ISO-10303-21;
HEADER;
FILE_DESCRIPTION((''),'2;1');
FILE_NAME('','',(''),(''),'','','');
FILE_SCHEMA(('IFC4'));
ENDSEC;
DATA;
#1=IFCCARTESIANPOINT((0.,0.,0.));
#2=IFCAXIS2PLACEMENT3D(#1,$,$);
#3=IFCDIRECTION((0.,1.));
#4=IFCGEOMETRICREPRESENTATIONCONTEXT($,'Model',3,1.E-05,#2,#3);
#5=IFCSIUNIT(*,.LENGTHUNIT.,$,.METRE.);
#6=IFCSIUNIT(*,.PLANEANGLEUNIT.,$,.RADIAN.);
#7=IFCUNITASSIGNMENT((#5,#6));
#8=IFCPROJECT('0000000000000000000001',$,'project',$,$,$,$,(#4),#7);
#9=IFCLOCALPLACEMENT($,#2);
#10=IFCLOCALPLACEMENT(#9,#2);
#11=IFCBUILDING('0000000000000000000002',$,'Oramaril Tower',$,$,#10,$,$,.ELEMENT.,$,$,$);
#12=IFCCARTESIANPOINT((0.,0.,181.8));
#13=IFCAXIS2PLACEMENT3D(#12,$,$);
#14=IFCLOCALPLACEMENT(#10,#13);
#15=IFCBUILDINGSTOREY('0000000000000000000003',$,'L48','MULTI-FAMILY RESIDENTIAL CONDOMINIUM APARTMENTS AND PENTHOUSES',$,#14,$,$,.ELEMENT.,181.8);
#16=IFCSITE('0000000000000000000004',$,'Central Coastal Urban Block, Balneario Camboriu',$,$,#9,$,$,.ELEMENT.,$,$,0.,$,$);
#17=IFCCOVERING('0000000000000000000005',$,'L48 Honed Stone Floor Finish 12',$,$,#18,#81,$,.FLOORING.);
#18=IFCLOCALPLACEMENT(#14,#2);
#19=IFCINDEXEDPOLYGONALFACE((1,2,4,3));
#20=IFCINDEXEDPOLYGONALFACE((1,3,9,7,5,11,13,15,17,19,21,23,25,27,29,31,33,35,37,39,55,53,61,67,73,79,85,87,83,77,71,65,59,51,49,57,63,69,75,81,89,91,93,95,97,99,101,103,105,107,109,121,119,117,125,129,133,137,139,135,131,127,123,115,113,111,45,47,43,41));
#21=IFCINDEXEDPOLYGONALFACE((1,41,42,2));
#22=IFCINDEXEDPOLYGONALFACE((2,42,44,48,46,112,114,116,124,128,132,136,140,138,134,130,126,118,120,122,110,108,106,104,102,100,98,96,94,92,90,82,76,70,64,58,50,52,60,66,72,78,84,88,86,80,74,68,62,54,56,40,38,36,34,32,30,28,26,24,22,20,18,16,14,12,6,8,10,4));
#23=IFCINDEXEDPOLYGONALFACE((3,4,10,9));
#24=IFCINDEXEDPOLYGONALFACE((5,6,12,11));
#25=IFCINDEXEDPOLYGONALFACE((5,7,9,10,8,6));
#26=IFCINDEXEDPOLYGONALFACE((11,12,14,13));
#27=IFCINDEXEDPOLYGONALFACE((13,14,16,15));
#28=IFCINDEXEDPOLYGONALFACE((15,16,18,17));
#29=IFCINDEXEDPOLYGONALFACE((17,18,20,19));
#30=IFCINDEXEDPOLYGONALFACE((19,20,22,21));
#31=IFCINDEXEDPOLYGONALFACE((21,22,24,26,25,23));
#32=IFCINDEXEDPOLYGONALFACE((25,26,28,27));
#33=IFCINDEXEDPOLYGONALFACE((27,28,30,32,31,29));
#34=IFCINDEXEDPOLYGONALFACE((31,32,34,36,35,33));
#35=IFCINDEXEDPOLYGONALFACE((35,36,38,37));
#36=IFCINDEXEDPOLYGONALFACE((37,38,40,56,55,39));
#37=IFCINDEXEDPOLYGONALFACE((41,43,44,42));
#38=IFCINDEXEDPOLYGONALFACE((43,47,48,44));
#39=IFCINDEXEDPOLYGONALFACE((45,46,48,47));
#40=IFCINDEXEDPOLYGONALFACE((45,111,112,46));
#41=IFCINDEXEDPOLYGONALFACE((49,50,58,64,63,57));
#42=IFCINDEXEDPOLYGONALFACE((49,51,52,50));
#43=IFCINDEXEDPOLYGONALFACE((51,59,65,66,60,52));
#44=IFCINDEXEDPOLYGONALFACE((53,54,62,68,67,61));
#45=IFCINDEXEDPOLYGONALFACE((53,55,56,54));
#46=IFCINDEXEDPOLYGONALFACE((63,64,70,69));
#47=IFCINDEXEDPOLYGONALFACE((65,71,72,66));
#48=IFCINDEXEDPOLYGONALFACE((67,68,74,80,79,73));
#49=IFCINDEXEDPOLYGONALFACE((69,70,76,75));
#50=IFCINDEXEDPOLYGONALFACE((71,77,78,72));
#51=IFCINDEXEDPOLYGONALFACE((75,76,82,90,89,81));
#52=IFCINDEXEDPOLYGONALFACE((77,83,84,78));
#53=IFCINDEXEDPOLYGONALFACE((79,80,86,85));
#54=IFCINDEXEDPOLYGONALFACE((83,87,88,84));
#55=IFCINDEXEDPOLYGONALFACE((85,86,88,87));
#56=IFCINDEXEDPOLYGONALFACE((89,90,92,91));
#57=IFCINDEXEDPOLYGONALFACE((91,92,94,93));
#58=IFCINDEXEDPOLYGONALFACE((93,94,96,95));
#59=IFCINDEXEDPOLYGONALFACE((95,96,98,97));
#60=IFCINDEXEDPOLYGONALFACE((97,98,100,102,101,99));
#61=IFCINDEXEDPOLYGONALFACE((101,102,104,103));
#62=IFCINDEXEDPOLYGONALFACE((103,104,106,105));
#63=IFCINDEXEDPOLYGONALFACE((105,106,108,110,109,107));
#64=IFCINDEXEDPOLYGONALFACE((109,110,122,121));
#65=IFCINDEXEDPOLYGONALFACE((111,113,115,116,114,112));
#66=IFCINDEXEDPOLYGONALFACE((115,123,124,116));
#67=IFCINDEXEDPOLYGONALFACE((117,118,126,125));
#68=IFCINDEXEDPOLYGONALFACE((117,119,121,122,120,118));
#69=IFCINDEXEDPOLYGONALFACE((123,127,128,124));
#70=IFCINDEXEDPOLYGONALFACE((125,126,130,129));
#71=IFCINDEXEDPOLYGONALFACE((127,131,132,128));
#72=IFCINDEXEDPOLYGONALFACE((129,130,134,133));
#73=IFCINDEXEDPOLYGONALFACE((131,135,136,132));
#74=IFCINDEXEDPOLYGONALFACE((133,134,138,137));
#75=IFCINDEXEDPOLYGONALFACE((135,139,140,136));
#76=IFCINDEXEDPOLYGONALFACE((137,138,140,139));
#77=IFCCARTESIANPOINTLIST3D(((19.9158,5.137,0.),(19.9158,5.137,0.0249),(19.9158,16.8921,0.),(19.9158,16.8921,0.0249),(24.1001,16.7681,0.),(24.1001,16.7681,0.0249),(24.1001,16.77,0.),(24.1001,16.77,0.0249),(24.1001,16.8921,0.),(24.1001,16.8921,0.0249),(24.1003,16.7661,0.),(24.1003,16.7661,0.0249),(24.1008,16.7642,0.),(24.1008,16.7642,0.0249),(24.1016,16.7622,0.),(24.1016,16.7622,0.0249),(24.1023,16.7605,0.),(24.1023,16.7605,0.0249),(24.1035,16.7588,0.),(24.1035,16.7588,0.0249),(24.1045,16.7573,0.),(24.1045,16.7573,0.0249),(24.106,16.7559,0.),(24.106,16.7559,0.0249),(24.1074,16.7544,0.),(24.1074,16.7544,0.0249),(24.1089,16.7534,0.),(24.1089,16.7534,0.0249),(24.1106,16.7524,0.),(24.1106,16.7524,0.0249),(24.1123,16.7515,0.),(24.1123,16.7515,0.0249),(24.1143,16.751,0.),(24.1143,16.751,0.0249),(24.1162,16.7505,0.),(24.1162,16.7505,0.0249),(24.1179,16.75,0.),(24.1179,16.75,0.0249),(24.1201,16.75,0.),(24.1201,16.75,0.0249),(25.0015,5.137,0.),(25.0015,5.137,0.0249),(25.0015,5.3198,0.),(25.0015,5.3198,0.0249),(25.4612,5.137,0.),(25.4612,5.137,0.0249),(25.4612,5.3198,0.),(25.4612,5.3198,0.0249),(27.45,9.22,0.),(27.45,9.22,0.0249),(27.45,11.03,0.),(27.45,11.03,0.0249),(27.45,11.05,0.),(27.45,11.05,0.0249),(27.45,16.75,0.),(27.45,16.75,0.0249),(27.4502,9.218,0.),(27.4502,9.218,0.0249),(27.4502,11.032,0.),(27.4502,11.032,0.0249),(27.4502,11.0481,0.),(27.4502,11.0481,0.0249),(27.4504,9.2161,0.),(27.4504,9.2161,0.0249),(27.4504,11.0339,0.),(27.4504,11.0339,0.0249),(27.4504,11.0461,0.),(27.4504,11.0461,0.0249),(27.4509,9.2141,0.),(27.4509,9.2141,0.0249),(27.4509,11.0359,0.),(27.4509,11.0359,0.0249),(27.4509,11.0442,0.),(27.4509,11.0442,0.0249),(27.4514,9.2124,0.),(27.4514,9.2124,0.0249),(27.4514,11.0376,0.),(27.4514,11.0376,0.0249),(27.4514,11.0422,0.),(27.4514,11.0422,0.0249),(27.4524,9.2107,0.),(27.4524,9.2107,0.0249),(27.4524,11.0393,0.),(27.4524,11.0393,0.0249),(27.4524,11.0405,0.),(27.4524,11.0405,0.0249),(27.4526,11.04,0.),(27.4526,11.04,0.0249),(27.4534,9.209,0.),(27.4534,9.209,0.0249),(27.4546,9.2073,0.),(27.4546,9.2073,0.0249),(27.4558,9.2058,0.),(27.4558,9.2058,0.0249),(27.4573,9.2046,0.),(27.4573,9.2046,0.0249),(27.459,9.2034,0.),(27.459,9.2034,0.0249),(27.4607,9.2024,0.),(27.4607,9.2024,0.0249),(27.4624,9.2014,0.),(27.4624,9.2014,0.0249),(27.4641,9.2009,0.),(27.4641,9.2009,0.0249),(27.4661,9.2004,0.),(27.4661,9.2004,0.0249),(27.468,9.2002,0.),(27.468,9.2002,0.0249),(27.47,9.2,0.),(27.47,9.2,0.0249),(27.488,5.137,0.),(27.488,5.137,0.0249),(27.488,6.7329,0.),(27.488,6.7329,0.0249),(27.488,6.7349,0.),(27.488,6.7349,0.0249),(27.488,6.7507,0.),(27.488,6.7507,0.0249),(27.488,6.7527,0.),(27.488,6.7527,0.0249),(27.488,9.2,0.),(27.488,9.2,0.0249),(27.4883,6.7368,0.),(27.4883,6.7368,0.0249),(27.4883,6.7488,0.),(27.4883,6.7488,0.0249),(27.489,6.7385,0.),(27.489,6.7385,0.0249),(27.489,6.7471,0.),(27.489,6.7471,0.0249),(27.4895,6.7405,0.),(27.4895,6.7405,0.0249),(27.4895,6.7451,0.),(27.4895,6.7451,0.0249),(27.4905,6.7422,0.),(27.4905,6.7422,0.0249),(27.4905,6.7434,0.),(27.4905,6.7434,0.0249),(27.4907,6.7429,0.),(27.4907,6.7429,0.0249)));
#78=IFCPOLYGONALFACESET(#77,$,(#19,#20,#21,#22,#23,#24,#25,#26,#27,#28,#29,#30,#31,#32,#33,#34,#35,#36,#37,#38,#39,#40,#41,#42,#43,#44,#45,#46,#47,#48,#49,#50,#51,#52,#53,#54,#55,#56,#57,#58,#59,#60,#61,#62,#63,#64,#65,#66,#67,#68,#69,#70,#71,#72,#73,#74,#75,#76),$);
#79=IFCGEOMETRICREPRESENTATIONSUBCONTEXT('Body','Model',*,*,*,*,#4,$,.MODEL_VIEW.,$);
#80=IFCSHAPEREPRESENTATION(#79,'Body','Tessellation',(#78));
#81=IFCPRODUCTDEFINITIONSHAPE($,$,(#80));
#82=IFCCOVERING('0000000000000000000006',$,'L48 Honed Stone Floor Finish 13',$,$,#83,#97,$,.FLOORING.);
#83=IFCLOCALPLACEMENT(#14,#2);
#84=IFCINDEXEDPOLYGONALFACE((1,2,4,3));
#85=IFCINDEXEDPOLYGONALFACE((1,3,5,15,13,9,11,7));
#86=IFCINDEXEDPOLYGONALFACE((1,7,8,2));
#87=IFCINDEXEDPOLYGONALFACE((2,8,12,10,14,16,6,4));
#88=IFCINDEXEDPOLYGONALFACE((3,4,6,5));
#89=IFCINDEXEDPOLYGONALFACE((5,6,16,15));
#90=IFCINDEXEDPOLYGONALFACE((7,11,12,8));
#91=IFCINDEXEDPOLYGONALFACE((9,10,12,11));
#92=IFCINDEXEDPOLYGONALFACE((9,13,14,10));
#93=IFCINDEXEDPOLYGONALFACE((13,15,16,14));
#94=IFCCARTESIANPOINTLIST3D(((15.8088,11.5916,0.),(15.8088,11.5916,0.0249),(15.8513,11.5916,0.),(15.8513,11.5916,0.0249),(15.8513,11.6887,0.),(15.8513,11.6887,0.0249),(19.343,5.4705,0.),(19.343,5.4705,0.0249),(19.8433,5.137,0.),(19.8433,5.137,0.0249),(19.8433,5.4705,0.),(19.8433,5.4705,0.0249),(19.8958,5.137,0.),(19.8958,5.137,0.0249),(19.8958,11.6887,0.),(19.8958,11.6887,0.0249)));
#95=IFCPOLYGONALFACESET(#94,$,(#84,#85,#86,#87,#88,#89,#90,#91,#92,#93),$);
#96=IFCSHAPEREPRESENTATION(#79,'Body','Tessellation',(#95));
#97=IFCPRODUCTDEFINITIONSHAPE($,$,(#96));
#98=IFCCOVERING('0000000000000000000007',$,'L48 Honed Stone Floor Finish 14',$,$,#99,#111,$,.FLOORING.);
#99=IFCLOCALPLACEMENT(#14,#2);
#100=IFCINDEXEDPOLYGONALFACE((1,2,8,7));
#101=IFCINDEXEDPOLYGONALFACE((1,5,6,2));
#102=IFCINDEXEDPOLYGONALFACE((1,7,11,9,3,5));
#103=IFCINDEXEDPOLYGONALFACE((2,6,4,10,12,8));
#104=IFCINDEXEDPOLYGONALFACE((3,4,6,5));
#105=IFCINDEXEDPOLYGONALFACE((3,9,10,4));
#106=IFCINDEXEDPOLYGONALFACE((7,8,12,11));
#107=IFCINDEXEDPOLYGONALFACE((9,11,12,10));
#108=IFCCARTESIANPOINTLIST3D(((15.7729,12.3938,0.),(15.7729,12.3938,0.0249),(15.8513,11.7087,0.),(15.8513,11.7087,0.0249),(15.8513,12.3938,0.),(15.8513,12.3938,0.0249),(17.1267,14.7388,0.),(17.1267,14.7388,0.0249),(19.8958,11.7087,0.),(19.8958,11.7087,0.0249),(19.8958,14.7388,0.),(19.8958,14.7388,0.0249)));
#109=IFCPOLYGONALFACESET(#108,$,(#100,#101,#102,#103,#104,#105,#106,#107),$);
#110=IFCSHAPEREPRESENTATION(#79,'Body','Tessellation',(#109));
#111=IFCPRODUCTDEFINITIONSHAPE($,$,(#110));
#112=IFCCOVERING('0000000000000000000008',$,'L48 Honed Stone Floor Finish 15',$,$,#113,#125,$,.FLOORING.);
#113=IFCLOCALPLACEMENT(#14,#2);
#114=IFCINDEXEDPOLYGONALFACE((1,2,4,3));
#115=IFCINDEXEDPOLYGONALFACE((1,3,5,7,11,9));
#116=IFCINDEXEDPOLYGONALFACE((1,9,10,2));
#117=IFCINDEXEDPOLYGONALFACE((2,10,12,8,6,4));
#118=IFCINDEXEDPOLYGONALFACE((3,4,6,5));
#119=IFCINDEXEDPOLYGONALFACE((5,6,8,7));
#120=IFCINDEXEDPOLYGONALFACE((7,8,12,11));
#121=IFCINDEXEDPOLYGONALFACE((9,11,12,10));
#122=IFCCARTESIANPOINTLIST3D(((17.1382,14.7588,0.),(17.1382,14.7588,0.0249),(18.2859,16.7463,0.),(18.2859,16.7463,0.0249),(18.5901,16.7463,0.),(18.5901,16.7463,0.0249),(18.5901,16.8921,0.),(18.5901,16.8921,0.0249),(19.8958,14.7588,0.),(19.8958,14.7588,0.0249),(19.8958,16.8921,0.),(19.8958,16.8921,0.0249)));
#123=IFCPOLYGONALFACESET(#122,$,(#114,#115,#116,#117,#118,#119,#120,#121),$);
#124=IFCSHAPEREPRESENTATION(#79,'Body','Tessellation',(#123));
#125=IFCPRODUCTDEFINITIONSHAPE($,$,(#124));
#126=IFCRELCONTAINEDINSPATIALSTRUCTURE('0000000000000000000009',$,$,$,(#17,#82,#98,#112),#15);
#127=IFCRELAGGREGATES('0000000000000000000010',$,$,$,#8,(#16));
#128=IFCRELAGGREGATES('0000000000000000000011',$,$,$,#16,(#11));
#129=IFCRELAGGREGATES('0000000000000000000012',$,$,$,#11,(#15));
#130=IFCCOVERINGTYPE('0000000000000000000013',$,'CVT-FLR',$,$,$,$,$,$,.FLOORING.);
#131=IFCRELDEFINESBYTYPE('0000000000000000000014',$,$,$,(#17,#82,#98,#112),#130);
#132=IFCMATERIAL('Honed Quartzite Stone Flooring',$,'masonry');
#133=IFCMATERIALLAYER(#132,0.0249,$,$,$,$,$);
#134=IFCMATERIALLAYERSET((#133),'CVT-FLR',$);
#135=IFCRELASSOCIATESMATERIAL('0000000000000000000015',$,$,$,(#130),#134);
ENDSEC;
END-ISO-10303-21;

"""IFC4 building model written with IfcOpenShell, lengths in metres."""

from ifc_helpers import new_model, si_unit, direction, frame, origin, place, context, subcontext, project, spatial, polyline, outline, extrude, material, layer, layer_set, type_object, element, save


model = new_model("IFC4")

# Units and contexts
model_context = context("Model", 3, precision=1e-05, world=origin(), true_north=direction((0.0, 1.0)))
body_context = subcontext(model_context, "Body", "Model", "MODEL_VIEW")
ifc_project = project(units=[si_unit("LENGTHUNIT", "METRE"), si_unit("PLANEANGLEUNIT", "RADIAN")], contexts=[model_context])

# Site, building, storey
site_placement = place(None, origin())
site = spatial("IfcSite", under=ifc_project, at=site_placement, Name="Central Coastal Urban Block, Balneario Camboriu", CompositionType="ELEMENT", RefElevation=0.0)
building_placement = place(site_placement, origin())
building = spatial("IfcBuilding", under=site, at=building_placement, Name="Oramaril Tower", CompositionType="ELEMENT")
storey_placement = place(building_placement, frame((0.0, 0.0, 181.8)))
storey = spatial("IfcBuildingStorey", under=building, at=storey_placement, Name="L48", Description="MULTI-FAMILY RESIDENTIAL CONDOMINIUM APARTMENTS AND PENTHOUSES", CompositionType="ELEMENT", Elevation=181.8)

# Coverings
ifc_material_1 = material(Name="Honed Quartzite Stone Flooring", Category="masonry")
ifc_layer_1 = layer(ifc_material_1, 0.0249)
ifc_layer_set_1 = layer_set([ifc_layer_1], Name="CVT-FLR")
covering_type_1 = type_object("IfcCoveringType", Name="CVT-FLR", PredefinedType="FLOORING", material=ifc_layer_set_1)
covering_1_placement = place(storey_placement, origin())
element("IfcCovering", 1, at=covering_1_placement, inside=storey, type_object=covering_type_1, Name="L48 Honed Stone Floor Finish 12", PredefinedType="FLOORING", context=body_context, shape_type="SweptSolid", body=[
    extrude(outline(polyline([(25.4612, 5.3198), (25.0015, 5.3198), (25.0015, 5.137), (19.9158, 5.137), (19.9158, 16.8921), (24.1001, 16.8921), (24.1001, 16.77), (24.1001, 16.7681), (24.1003, 16.7661), (24.1008, 16.7642), (24.1016, 16.7622), (24.1023, 16.7605), (24.1035, 16.7588), (24.1045, 16.7573), (24.106, 16.7559), (24.1074, 16.7544), (24.1089, 16.7534), (24.1106, 16.7524), (24.1123, 16.7515), (24.1143, 16.751), (24.1162, 16.7505), (24.1179, 16.75), (24.1201, 16.75), (27.45, 16.75), (27.45, 11.05), (27.4502, 11.0481), (27.4504, 11.0461), (27.4509, 11.0442), (27.4514, 11.0422), (27.4524, 11.0405), (27.4526, 11.04), (27.4524, 11.0393), (27.4514, 11.0376), (27.4509, 11.0359), (27.4504, 11.0339), (27.4502, 11.032), (27.45, 11.03), (27.45, 9.22), (27.4502, 9.218), (27.4504, 9.2161), (27.4509, 9.2141), (27.4514, 9.2124), (27.4524, 9.2107), (27.4534, 9.209), (27.4546, 9.2073), (27.4558, 9.2058), (27.4573, 9.2046), (27.459, 9.2034), (27.4607, 9.2024), (27.4624, 9.2014), (27.4641, 9.2009), (27.4661, 9.2004), (27.468, 9.2002), (27.47, 9.2), (27.488, 9.2), (27.488, 6.7527), (27.488, 6.7507), (27.4883, 6.7488), (27.489, 6.7471), (27.4895, 6.7451), (27.4905, 6.7434), (27.4907, 6.7429), (27.4905, 6.7422), (27.4895, 6.7405), (27.489, 6.7385), (27.4883, 6.7368), (27.488, 6.7349), (27.488, 6.7329), (27.488, 5.137), (25.4612, 5.137), (25.4612, 5.3198)])), origin(), (0.0, 0.0, 1.0), 0.0249),
])
covering_2_placement = place(storey_placement, origin())
element("IfcCovering", 2, at=covering_2_placement, inside=storey, type_object=covering_type_1, Name="L48 Honed Stone Floor Finish 13", PredefinedType="FLOORING", context=body_context, shape_type="SweptSolid", body=[
    extrude(outline(polyline([(19.8433, 5.137), (19.8433, 5.4705), (19.343, 5.4705), (15.8088, 11.5916), (15.8513, 11.5916), (15.8513, 11.6887), (19.8958, 11.6887), (19.8958, 5.137), (19.8433, 5.137)])), origin(), (0.0, 0.0, 1.0), 0.0249),
])
covering_3_placement = place(storey_placement, origin())
element("IfcCovering", 3, at=covering_3_placement, inside=storey, type_object=covering_type_1, Name="L48 Honed Stone Floor Finish 14", PredefinedType="FLOORING", context=body_context, shape_type="SweptSolid", body=[
    extrude(outline(polyline([(19.8958, 14.7388), (19.8958, 11.7087), (15.8513, 11.7087), (15.8513, 12.3938), (15.7729, 12.3938), (17.1267, 14.7388), (19.8958, 14.7388)])), origin(), (0.0, 0.0, 1.0), 0.0249),
])
covering_4_placement = place(storey_placement, origin())
element("IfcCovering", 4, at=covering_4_placement, inside=storey, type_object=covering_type_1, Name="L48 Honed Stone Floor Finish 15", PredefinedType="FLOORING", context=body_context, shape_type="SweptSolid", body=[
    extrude(outline(polyline([(18.2859, 16.7463), (18.5901, 16.7463), (18.5901, 16.8921), (19.8958, 16.8921), (19.8958, 14.7588), (17.1382, 14.7588), (18.2859, 16.7463)])), origin(), (0.0, 0.0, 1.0), 0.0249),
])

save(model, "model.ifc")
